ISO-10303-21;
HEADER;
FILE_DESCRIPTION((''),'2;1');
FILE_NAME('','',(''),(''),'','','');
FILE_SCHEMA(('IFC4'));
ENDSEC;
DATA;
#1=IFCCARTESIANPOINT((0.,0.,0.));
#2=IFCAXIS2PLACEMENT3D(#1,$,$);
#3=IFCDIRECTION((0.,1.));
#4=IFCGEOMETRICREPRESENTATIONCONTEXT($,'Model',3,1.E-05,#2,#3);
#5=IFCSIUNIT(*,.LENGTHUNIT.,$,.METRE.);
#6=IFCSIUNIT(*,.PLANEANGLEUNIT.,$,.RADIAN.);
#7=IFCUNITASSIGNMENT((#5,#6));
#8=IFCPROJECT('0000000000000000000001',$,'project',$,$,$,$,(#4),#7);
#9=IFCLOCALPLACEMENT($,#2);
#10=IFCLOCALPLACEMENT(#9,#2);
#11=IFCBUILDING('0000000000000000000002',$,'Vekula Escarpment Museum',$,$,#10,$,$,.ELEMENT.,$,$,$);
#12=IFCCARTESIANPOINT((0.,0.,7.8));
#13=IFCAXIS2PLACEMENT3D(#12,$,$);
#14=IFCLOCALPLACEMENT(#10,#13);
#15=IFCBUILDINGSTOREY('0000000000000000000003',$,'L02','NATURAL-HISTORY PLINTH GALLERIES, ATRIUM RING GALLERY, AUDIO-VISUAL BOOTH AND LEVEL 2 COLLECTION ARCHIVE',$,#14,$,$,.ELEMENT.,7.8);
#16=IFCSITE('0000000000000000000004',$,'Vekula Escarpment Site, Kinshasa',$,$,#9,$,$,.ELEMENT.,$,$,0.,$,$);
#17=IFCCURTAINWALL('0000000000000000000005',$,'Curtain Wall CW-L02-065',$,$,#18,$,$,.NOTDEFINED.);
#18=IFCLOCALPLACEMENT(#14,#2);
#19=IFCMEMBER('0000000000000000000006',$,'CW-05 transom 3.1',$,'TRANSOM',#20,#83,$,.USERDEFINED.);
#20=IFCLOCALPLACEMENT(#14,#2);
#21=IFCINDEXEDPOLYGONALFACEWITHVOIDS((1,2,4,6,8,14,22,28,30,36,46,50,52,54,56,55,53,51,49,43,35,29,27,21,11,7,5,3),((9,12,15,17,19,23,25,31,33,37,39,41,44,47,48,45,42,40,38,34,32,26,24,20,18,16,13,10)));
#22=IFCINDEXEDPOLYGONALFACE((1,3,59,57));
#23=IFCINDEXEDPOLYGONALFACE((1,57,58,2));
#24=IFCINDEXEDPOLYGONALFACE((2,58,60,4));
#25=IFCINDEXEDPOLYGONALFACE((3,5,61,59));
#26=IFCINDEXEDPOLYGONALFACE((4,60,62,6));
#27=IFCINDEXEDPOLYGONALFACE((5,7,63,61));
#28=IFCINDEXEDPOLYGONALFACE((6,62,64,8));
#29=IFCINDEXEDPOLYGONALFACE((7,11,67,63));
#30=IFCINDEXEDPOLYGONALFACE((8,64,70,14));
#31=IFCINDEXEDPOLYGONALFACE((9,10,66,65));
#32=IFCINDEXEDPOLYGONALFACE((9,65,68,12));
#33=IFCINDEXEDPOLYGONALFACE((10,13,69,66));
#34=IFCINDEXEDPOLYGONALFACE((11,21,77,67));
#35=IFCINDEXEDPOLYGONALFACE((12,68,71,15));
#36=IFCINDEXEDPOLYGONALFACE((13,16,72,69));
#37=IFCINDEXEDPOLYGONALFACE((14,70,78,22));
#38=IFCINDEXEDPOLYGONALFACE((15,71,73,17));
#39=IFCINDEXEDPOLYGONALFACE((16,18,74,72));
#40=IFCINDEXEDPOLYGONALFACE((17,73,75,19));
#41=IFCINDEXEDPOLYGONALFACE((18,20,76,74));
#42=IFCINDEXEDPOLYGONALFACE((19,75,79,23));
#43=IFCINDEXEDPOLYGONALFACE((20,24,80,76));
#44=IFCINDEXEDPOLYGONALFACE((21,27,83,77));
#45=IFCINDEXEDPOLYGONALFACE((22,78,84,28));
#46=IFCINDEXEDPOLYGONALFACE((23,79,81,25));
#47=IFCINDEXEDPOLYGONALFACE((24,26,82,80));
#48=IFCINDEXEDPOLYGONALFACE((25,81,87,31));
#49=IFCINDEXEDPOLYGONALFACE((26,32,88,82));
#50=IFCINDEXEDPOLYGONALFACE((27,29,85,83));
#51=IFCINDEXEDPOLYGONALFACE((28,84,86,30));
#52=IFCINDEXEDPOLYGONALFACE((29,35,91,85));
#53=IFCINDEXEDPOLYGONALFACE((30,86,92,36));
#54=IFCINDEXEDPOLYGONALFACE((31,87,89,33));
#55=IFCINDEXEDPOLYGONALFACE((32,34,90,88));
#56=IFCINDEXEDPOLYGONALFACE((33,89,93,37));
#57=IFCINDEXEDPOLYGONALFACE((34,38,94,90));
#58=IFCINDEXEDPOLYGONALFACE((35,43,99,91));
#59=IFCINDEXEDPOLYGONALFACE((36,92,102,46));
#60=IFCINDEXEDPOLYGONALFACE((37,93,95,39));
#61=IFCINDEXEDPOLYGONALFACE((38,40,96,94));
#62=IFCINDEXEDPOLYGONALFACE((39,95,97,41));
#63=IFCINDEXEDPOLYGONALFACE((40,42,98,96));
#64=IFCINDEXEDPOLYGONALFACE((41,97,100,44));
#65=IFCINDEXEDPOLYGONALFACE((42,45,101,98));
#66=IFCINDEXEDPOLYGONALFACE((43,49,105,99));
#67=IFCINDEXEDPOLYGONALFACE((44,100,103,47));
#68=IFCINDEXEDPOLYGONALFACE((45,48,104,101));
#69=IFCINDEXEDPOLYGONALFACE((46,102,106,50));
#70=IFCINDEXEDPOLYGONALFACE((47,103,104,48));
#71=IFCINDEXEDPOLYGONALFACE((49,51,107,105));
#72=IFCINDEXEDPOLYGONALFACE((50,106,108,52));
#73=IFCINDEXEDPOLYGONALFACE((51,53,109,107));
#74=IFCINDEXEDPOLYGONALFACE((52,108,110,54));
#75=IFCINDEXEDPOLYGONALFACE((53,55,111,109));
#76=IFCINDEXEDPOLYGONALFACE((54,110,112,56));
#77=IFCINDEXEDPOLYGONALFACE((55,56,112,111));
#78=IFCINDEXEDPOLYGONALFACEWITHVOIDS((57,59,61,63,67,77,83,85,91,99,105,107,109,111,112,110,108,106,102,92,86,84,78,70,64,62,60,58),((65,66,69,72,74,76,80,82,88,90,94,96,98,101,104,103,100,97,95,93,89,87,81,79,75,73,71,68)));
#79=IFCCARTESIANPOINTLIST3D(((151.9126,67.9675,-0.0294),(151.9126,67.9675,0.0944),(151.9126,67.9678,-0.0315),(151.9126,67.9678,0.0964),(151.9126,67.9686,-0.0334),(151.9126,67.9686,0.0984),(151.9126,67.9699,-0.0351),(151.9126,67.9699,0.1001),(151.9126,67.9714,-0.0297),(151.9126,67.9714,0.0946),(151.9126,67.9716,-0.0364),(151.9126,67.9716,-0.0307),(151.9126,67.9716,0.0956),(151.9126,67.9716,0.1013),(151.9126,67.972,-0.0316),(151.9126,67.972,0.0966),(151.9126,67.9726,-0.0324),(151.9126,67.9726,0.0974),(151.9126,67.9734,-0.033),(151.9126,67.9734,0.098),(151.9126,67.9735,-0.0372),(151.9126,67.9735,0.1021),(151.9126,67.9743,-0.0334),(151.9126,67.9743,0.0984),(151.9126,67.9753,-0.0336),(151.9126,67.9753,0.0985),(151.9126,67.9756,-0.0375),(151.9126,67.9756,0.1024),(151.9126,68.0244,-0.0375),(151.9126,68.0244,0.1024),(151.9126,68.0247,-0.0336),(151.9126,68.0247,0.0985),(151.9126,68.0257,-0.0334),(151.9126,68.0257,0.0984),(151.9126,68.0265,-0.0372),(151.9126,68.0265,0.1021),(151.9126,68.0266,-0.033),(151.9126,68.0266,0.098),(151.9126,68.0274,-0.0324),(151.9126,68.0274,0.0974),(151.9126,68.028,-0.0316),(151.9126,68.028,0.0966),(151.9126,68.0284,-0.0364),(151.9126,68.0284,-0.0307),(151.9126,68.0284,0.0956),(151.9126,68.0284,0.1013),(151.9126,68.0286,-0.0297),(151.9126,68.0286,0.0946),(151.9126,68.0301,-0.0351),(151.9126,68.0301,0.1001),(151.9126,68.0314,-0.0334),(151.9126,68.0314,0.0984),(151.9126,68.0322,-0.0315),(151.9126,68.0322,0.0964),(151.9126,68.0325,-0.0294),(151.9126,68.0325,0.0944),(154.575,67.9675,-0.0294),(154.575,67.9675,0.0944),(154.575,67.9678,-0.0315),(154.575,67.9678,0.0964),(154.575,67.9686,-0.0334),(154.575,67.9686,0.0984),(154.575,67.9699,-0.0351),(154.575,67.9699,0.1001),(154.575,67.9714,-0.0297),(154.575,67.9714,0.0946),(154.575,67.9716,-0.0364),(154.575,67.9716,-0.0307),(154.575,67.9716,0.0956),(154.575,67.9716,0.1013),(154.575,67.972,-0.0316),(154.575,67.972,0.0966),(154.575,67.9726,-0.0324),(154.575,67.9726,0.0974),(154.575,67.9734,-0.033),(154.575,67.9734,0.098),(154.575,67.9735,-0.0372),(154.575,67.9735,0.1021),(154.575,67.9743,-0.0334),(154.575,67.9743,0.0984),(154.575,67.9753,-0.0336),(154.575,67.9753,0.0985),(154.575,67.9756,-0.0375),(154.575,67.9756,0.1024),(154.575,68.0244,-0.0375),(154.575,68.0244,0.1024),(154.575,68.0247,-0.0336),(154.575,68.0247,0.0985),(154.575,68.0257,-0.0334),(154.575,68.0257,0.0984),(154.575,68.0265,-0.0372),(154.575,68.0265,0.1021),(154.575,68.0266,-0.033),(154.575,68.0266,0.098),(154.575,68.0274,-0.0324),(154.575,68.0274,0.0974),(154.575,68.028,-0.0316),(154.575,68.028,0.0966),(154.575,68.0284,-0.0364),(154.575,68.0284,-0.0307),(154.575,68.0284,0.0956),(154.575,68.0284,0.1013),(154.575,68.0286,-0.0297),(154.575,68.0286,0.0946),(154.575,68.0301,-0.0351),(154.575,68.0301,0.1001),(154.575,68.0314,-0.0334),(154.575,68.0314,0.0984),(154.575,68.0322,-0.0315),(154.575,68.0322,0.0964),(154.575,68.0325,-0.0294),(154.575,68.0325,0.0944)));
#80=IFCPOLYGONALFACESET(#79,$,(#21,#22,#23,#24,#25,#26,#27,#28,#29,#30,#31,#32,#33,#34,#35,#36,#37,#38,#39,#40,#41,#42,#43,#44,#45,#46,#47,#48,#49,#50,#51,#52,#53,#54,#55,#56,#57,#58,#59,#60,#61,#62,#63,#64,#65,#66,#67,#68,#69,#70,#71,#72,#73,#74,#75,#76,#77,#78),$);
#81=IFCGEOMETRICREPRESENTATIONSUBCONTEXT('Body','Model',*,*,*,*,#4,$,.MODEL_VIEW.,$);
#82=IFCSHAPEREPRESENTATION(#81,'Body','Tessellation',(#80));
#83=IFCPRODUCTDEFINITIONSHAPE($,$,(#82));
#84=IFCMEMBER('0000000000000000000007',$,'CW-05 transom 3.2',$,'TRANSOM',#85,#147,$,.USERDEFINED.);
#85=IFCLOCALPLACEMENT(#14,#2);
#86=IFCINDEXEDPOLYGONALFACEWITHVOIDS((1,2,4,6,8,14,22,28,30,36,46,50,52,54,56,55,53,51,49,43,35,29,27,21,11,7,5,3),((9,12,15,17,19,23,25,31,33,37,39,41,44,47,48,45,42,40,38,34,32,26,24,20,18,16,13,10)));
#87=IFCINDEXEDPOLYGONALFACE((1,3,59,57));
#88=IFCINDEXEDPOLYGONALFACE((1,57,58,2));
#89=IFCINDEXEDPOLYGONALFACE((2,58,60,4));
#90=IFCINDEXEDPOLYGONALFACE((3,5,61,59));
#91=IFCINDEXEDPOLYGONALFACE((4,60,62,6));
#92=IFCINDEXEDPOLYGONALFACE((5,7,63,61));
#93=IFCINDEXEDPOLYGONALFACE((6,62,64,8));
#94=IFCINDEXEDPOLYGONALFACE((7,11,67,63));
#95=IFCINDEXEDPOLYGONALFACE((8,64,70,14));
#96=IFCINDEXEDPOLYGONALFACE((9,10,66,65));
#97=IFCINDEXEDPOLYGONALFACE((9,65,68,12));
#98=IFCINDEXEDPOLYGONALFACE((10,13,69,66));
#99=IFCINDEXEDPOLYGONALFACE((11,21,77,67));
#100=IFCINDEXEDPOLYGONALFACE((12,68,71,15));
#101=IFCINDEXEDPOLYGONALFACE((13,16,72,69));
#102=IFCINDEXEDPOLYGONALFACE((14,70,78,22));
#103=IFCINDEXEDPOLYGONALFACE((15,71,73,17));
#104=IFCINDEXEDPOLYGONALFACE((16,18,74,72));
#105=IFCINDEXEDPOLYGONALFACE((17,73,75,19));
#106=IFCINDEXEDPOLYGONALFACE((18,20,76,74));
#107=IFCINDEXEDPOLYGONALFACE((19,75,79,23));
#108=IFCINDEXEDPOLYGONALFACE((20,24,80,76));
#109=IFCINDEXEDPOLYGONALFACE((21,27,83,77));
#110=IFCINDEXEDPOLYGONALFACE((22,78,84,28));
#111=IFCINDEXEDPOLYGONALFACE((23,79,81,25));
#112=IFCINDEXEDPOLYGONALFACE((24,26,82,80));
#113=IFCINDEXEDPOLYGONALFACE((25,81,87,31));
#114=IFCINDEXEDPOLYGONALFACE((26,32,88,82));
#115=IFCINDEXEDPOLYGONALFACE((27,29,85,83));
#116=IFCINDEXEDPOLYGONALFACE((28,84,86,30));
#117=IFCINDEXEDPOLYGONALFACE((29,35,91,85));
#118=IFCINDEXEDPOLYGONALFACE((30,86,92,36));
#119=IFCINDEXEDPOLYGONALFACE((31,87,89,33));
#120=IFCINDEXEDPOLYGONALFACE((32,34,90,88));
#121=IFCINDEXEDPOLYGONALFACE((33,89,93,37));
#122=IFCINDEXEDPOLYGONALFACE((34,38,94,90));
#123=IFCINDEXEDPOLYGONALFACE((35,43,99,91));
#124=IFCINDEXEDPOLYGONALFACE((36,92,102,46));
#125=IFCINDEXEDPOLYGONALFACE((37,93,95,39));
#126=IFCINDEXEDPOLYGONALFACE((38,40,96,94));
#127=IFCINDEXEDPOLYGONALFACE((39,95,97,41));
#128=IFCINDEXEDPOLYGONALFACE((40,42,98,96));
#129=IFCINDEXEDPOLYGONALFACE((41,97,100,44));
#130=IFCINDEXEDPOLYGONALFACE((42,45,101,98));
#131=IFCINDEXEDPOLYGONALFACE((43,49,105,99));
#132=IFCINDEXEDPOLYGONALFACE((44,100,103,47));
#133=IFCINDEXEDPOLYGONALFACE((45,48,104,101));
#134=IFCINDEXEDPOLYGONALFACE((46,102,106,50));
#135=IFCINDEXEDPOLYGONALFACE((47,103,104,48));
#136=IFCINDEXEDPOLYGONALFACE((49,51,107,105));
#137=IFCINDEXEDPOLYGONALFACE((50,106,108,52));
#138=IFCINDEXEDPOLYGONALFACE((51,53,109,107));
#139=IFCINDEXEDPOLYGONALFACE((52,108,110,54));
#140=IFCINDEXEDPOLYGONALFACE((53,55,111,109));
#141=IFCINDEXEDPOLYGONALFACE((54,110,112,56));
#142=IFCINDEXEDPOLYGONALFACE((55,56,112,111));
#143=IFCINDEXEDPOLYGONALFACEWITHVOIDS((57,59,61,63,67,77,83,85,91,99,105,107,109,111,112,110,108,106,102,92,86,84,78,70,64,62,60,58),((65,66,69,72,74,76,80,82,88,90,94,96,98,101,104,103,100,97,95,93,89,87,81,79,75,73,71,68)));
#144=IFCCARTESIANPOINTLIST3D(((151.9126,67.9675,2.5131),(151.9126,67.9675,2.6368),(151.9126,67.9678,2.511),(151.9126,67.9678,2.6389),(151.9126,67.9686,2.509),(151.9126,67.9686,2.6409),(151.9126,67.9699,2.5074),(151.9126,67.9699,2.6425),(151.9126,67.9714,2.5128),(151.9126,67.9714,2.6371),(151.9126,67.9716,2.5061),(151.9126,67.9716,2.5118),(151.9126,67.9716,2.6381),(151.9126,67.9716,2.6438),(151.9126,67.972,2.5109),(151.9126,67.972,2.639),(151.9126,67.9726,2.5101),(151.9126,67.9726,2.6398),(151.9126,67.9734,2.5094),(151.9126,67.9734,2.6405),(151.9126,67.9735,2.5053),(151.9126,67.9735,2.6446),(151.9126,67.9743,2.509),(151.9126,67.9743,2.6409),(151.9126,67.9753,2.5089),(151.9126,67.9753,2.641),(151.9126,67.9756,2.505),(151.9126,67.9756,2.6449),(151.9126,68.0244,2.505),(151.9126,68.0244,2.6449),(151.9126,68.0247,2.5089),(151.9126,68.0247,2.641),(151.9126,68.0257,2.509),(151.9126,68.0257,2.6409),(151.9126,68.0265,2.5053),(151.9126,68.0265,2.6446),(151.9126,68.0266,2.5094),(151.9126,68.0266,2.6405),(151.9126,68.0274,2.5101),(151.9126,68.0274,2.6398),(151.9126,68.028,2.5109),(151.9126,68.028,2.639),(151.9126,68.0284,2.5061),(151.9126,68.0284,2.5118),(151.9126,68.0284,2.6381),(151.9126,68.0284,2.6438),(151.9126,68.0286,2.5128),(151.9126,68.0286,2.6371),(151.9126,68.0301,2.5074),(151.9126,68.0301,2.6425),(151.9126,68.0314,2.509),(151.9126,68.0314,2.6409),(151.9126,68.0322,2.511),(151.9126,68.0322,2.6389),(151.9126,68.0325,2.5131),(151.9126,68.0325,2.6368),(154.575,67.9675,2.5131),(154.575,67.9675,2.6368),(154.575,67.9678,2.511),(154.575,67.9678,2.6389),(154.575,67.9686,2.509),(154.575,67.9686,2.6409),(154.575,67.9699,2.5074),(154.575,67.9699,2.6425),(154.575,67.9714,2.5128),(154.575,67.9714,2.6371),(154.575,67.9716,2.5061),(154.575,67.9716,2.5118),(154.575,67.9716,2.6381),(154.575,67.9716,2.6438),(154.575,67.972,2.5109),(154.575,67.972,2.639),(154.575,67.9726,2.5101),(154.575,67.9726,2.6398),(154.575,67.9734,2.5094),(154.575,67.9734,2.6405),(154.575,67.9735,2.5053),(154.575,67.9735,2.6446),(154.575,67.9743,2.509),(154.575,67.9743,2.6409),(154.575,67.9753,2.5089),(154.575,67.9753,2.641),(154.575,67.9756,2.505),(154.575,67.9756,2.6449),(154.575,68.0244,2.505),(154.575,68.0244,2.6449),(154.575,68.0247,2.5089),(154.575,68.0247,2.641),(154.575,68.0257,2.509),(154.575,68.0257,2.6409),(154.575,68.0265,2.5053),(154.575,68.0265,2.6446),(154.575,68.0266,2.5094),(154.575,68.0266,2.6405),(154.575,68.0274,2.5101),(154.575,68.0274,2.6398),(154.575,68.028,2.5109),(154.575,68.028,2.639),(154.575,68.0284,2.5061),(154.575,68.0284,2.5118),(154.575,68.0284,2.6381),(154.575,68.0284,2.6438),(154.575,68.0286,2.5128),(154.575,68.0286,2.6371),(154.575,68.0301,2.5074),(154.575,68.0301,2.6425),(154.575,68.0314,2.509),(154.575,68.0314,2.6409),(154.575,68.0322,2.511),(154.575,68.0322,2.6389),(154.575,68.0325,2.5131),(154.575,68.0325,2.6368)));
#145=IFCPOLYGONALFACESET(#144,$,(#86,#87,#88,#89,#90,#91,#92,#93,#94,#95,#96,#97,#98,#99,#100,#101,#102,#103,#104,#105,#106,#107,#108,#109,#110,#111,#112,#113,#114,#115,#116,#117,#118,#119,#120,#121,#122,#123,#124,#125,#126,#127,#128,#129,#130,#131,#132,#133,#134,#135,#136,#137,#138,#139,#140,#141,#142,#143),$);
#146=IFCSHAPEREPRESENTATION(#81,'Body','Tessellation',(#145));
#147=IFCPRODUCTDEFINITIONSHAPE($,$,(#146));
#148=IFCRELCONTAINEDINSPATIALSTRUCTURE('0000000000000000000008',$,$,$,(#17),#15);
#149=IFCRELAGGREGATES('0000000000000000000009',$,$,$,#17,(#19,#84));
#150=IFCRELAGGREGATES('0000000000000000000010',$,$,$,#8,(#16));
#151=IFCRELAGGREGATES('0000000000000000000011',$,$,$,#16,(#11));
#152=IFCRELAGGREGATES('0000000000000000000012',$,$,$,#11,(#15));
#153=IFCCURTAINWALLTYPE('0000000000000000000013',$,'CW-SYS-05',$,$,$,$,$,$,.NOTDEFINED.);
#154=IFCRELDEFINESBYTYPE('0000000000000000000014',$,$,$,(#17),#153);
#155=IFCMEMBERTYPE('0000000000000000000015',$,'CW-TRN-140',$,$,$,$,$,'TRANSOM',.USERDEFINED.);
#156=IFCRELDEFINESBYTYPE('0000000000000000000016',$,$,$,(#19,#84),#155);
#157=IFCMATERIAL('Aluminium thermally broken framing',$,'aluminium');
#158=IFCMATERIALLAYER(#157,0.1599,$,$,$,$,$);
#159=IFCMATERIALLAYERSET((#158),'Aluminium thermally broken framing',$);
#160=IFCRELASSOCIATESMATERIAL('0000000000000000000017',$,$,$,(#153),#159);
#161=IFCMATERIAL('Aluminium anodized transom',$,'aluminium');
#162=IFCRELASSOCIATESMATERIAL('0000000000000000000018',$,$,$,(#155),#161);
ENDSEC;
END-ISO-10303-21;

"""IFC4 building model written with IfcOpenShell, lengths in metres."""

from ifc_helpers import new_model, si_unit, direction, frame, origin, origin_2d, place, context, subcontext, project, spatial, hollow_rectangle, extrude, material, layer, layer_set, material_profile, profile_set, type_object, element, aggregate, save


model = new_model("IFC4")

# Units and contexts
model_context = context("Model", 3, precision=1e-05, world=origin(), true_north=direction((0.0, 1.0)))
body_context = subcontext(model_context, "Body", "Model", "MODEL_VIEW")
ifc_project = project(units=[si_unit("LENGTHUNIT", "METRE"), si_unit("PLANEANGLEUNIT", "RADIAN")], contexts=[model_context])

# Site, building, storey
site_placement = place(None, origin())
site = spatial("IfcSite", under=ifc_project, at=site_placement, Name="Vekula Escarpment Site, Kinshasa", CompositionType="ELEMENT", RefElevation=0.0)
building_placement = place(site_placement, origin())
building = spatial("IfcBuilding", under=site, at=building_placement, Name="Vekula Escarpment Museum", CompositionType="ELEMENT")
storey_placement = place(building_placement, frame((0.0, 0.0, 7.8)))
storey = spatial("IfcBuildingStorey", under=building, at=storey_placement, Name="L02", Description="NATURAL-HISTORY PLINTH GALLERIES, ATRIUM RING GALLERY, AUDIO-VISUAL BOOTH AND LEVEL 2 COLLECTION ARCHIVE", CompositionType="ELEMENT", Elevation=7.8)

# Curtain wall
ifc_material_1 = material(Name="Aluminium thermally broken framing", Category="aluminium")
ifc_layer_1 = layer(ifc_material_1, 0.1599)
ifc_layer_set_1 = layer_set([ifc_layer_1], Name="Aluminium thermally broken framing")
curtain_wall_type_1 = type_object("IfcCurtainWallType", Name="CW-SYS-05", PredefinedType="NOTDEFINED", material=ifc_layer_set_1)
curtain_wall_1_placement = place(storey_placement, origin())
curtain_wall_1 = element("IfcCurtainWall", 1, at=curtain_wall_1_placement, inside=storey, type_object=curtain_wall_type_1, Name="Curtain Wall CW-L02-065", PredefinedType="NOTDEFINED")

# Members
ifc_material_2 = material(Name="Aluminium anodized transom", Category="aluminium")
ifc_material_profile_1 = material_profile(ifc_material_2, hollow_rectangle(XDim=0.0649, YDim=0.1399, WallThickness=0.0039, InnerFilletRadius=0.0039, OuterFilletRadius=0.0081, at=origin_2d()), Name="ALU 140x65x4")
ifc_profile_set_1 = profile_set([ifc_material_profile_1], Name="Aluminium anodized transom")
member_type_1 = type_object("IfcMemberType", Name="CW-TRN-140", ElementType="TRANSOM", PredefinedType="USERDEFINED", material=ifc_profile_set_1)
member_1_placement = place(storey_placement, frame((151.9126, 68.0, 0.0325), z_axis=(1.0, 0.0, 0.0), x_axis=(0.0, 1.0, 0.0)))
member_1 = element("IfcMember", 2, at=member_1_placement, type_object=member_type_1, Name="CW-05 transom 3.1", ObjectType="TRANSOM", PredefinedType="USERDEFINED", context=body_context, shape_type="SweptSolid", body=[
    extrude(hollow_rectangle(XDim=0.0649, YDim=0.1399, WallThickness=0.0039, InnerFilletRadius=0.0039, OuterFilletRadius=0.0081, at=origin_2d()), origin(), (0.0, 0.0, 1.0), 2.6624),
])
member_2_placement = place(storey_placement, frame((151.9126, 68.0, 2.575), z_axis=(1.0, 0.0, 0.0), x_axis=(0.0, 1.0, 0.0)))
member_2 = element("IfcMember", 3, at=member_2_placement, type_object=member_type_1, Name="CW-05 transom 3.2", ObjectType="TRANSOM", PredefinedType="USERDEFINED", context=body_context, shape_type="SweptSolid", body=[
    extrude(hollow_rectangle(XDim=0.0649, YDim=0.1399, WallThickness=0.0039, InnerFilletRadius=0.0039, OuterFilletRadius=0.0081, at=origin_2d()), origin(), (0.0, 0.0, 1.0), 2.6624),
])

aggregate(curtain_wall_1, [member_1, member_2])

save(model, "model.ifc")
